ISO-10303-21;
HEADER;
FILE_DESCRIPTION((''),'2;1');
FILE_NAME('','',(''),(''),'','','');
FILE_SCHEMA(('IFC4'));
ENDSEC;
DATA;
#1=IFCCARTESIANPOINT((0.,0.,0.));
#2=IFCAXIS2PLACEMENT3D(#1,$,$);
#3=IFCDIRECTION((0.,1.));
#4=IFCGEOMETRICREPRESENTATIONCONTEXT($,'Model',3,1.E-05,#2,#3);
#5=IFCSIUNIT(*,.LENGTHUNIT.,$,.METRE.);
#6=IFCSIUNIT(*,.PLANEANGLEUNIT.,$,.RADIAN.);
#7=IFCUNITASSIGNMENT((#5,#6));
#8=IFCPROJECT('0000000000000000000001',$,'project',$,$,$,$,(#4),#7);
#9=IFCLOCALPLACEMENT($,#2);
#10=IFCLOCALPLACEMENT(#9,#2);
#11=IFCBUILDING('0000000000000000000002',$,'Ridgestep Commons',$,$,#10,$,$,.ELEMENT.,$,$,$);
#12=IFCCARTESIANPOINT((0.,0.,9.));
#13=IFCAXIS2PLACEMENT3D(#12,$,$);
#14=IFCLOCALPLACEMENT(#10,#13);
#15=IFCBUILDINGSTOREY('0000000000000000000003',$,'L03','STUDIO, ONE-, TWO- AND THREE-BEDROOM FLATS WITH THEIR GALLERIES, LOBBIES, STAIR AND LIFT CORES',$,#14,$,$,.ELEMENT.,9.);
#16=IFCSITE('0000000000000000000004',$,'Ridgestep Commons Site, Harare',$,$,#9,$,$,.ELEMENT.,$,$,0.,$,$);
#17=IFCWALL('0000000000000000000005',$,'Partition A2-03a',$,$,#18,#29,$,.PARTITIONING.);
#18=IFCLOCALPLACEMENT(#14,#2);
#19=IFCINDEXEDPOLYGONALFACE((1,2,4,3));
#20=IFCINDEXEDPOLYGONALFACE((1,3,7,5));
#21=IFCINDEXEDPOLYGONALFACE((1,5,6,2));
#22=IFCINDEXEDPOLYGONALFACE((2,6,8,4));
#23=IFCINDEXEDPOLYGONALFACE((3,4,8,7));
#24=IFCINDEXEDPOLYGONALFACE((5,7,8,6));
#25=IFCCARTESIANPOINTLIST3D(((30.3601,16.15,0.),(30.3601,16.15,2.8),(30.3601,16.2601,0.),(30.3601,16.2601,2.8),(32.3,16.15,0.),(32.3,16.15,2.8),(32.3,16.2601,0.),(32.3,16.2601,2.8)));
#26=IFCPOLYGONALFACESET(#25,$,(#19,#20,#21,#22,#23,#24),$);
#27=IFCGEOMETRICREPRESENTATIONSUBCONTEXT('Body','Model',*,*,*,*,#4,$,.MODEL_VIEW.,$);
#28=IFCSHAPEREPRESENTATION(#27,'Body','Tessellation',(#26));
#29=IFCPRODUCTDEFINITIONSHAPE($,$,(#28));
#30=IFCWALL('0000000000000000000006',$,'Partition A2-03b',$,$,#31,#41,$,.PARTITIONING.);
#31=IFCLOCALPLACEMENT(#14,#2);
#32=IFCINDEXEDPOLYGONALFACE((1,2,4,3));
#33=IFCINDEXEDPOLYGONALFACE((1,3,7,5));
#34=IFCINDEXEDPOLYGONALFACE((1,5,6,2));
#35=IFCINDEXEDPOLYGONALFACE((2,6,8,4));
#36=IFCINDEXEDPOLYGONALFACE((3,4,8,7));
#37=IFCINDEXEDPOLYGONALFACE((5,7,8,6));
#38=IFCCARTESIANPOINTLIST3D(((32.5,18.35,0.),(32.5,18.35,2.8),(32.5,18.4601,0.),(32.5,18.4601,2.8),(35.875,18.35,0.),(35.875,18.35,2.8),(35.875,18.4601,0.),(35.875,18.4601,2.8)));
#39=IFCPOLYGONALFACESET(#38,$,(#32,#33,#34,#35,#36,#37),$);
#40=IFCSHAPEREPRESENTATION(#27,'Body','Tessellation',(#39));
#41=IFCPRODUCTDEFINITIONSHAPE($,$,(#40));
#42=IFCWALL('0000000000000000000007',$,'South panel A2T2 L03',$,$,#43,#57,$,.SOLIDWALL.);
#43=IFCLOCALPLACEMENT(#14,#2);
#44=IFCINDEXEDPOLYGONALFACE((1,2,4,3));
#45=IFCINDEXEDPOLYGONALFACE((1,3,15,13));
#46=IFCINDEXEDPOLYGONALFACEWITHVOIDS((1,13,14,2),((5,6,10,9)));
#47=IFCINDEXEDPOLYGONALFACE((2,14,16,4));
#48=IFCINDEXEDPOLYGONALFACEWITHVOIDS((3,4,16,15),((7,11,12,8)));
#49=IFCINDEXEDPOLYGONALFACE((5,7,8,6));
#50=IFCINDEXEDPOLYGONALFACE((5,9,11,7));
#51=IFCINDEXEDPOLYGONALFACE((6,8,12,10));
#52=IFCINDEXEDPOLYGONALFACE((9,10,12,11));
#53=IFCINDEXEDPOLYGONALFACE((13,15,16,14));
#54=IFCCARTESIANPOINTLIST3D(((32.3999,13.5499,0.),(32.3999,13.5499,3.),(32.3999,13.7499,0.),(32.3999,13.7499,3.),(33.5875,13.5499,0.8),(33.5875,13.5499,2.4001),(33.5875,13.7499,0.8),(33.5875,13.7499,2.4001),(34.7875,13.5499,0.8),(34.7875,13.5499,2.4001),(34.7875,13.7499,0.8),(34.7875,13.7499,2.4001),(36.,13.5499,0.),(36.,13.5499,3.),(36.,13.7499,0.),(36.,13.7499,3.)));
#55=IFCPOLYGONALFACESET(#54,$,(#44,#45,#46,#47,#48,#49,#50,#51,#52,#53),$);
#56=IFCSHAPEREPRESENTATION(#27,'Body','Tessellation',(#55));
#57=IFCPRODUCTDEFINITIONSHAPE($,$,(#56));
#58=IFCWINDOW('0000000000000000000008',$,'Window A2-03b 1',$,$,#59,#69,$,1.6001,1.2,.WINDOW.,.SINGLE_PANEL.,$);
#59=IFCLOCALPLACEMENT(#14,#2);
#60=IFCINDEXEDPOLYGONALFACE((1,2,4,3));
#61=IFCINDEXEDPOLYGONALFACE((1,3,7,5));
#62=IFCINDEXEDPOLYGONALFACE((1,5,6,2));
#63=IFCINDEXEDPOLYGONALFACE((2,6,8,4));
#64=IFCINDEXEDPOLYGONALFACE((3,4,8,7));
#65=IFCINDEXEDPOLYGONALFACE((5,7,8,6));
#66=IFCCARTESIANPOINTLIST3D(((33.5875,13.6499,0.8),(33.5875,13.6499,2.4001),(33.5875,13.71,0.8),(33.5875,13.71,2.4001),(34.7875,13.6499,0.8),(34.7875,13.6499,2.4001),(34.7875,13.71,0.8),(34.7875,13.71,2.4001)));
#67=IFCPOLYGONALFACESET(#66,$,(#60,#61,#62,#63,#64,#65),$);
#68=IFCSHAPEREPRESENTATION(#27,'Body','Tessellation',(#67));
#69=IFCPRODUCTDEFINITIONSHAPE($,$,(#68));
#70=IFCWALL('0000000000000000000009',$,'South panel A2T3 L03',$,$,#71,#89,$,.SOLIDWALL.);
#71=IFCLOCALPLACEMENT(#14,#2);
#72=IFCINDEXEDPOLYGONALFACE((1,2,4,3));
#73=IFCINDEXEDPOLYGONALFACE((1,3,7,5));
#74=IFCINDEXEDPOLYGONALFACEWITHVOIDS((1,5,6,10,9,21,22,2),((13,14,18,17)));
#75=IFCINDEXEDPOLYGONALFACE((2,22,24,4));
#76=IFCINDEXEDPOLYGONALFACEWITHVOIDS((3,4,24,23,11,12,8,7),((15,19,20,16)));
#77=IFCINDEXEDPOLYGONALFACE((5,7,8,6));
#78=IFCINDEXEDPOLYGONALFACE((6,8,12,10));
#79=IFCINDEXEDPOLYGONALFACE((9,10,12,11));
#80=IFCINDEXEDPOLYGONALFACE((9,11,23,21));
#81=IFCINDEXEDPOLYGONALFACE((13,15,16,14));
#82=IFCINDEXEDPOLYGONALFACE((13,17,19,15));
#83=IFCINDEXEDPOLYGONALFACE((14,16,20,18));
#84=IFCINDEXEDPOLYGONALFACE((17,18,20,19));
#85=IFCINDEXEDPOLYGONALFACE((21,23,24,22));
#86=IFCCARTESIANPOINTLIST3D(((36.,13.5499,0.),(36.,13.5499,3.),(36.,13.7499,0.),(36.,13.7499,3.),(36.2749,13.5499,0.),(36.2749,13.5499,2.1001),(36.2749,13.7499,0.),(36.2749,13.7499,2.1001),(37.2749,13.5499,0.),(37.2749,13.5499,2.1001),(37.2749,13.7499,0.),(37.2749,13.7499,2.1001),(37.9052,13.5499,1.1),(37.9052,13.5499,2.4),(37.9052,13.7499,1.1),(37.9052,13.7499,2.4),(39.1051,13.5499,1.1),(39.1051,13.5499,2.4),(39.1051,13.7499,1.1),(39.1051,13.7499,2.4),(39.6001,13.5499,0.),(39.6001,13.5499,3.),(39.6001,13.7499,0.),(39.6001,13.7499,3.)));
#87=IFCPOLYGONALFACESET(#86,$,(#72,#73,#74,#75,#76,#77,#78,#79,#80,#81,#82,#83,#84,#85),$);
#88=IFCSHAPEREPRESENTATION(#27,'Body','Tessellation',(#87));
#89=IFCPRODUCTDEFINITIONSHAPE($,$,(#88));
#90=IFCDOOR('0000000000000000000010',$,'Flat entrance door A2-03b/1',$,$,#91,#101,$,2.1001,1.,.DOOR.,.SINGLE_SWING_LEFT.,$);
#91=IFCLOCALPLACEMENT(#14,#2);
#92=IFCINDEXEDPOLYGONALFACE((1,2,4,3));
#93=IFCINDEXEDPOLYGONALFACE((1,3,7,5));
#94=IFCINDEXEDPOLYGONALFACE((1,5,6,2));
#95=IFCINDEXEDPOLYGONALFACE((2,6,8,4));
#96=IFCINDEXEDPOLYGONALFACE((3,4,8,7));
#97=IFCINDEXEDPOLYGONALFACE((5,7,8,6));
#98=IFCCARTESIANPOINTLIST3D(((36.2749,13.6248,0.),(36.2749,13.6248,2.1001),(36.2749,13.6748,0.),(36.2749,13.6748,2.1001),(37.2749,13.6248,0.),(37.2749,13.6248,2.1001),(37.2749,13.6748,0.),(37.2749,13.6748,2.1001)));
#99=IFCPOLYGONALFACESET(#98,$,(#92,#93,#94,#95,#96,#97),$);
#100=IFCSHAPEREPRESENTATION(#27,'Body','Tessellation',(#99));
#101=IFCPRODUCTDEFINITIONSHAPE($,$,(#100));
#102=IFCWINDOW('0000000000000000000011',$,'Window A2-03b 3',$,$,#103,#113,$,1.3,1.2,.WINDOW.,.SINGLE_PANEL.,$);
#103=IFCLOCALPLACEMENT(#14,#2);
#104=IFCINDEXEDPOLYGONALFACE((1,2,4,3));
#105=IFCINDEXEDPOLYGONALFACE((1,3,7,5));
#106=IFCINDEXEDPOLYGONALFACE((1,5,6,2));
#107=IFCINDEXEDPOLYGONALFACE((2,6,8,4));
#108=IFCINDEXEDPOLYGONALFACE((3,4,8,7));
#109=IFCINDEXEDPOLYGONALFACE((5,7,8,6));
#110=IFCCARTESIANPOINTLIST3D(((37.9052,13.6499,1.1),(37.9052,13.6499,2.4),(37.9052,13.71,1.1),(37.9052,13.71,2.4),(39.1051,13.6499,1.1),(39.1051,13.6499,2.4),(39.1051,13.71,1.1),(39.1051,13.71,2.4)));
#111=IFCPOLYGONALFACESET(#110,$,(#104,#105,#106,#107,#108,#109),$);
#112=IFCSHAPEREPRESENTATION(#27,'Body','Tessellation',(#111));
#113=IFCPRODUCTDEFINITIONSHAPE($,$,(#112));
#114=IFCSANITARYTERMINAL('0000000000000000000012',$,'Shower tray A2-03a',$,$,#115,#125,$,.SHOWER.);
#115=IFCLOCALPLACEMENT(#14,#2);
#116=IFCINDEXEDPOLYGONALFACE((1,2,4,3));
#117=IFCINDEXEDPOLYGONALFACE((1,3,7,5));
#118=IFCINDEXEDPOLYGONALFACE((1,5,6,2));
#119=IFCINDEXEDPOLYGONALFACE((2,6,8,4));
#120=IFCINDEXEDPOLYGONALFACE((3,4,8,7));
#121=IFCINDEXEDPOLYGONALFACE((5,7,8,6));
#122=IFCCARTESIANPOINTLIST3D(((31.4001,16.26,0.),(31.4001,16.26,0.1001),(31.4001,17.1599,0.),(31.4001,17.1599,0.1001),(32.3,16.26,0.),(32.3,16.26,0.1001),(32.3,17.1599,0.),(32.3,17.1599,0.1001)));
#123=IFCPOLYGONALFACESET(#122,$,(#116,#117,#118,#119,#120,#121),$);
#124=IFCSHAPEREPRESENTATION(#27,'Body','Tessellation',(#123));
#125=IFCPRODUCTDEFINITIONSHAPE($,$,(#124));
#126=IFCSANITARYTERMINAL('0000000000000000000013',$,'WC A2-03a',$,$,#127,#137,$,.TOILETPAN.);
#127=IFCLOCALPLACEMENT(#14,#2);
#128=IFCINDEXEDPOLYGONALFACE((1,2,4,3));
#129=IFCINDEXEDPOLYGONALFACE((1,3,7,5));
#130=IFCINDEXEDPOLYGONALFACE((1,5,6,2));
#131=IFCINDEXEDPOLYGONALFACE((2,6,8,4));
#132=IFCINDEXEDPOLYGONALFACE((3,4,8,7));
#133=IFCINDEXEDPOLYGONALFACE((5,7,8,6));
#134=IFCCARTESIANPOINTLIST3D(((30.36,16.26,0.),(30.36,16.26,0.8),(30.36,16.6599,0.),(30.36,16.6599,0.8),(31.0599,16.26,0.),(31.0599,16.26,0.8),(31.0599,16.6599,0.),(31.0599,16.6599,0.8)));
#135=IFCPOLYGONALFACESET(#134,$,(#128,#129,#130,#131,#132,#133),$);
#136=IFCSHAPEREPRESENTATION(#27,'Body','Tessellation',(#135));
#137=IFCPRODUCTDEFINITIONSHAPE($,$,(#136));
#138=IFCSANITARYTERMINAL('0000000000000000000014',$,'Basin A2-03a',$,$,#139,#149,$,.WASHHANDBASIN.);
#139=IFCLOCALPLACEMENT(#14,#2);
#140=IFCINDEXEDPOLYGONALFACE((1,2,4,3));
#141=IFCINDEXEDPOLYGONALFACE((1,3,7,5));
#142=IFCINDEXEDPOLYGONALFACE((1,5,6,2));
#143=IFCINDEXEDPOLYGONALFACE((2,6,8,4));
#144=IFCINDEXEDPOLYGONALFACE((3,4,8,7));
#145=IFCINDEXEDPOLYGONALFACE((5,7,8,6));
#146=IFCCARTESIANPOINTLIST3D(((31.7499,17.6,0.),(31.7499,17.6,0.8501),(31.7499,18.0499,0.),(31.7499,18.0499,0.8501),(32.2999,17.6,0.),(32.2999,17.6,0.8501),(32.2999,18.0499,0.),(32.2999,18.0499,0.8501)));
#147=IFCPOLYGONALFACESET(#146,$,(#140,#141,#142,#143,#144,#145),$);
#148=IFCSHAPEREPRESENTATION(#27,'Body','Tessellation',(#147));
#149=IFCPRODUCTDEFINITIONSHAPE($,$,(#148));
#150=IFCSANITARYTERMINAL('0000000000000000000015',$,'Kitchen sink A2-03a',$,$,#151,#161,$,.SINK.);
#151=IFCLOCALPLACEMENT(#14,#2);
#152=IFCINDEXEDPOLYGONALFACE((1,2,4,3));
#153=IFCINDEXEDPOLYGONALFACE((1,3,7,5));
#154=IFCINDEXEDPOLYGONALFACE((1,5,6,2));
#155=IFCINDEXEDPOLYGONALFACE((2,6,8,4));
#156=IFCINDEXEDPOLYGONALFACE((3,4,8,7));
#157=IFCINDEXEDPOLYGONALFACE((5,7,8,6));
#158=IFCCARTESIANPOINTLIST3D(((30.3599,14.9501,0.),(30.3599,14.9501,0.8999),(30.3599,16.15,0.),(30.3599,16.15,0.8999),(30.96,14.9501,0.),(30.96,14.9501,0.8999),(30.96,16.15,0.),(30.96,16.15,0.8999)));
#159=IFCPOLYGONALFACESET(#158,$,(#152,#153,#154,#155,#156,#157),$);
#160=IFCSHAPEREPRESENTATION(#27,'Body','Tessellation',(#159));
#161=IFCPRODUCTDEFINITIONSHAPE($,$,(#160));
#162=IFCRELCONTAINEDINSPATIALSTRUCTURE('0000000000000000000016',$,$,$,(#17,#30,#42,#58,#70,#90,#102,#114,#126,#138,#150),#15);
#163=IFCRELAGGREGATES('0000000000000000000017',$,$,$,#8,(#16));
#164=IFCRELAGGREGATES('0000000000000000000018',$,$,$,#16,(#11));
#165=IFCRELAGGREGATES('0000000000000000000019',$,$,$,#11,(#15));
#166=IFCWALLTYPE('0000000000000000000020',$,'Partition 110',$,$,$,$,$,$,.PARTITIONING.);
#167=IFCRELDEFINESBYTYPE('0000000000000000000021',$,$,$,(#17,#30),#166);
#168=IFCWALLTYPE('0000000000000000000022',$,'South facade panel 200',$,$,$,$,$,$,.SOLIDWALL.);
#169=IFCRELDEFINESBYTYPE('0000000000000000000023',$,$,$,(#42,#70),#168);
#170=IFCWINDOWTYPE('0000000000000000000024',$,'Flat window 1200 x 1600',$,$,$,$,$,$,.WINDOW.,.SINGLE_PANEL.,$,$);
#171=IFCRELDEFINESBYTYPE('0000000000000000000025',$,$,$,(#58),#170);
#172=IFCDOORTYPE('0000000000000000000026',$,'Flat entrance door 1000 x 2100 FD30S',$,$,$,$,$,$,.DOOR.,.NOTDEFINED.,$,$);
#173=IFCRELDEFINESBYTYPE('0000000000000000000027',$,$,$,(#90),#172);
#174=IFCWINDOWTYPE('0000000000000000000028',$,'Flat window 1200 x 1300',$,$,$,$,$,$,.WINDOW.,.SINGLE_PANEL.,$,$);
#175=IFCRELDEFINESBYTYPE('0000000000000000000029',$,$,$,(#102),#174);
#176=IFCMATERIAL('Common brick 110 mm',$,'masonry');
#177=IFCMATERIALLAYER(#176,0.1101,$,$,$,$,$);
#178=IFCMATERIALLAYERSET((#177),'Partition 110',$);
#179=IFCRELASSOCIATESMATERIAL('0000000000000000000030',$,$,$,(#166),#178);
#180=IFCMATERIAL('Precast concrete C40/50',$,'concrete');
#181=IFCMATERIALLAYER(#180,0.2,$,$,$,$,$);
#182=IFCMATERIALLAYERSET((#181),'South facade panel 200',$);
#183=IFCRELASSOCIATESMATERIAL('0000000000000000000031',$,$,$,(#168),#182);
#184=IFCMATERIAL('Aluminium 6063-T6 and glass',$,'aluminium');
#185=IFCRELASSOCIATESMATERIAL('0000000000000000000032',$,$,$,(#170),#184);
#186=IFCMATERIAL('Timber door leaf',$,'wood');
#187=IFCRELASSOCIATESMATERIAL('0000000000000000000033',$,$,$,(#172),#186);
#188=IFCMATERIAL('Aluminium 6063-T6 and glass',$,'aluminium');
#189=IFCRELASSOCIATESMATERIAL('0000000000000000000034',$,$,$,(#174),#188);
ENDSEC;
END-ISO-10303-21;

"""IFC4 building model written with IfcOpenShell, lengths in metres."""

from ifc_helpers import new_model, si_unit, direction, frame, frame_2d, origin, origin_2d, place, context, subcontext, project, spatial, rectangle, extrude, material, layer, layer_set, type_object, element, fill, save


model = new_model("IFC4")

# Units and contexts
model_context = context("Model", 3, precision=1e-05, world=origin(), true_north=direction((0.0, 1.0)))
body_context = subcontext(model_context, "Body", "Model", "MODEL_VIEW")
ifc_project = project(units=[si_unit("LENGTHUNIT", "METRE"), si_unit("PLANEANGLEUNIT", "RADIAN")], contexts=[model_context])

# Site, building, storey
site_placement = place(None, origin())
site = spatial("IfcSite", under=ifc_project, at=site_placement, Name="Ridgestep Commons Site, Harare", CompositionType="ELEMENT", RefElevation=0.0)
building_placement = place(site_placement, origin())
building = spatial("IfcBuilding", under=site, at=building_placement, Name="Ridgestep Commons", CompositionType="ELEMENT")
storey_placement = place(building_placement, frame((0.0, 0.0, 9.0)))
storey = spatial("IfcBuildingStorey", under=building, at=storey_placement, Name="L03", Description="STUDIO, ONE-, TWO- AND THREE-BEDROOM FLATS WITH THEIR GALLERIES, LOBBIES, STAIR AND LIFT CORES", CompositionType="ELEMENT", Elevation=9.0)

# Shared definitions
ifc_material_1 = material(Name="Common brick 110 mm", Category="masonry")
ifc_layer_1 = layer(ifc_material_1, 0.1101)
ifc_layer_set_1 = layer_set([ifc_layer_1], Name="Partition 110")
wall_type_1 = type_object("IfcWallType", Name="Partition 110", PredefinedType="PARTITIONING", material=ifc_layer_set_1)

# Walls
wall_1_placement = place(storey_placement, frame((30.3601, 16.2051, 0.0), z_axis=(0.0, 0.0, 1.0), x_axis=(1.0, 0.0, 0.0)))
element("IfcWall", 1, at=wall_1_placement, inside=storey, type_object=wall_type_1, Name="Partition A2-03a", PredefinedType="PARTITIONING", context=body_context, shape_type="SweptSolid", body=[
    extrude(rectangle(XDim=1.9399, YDim=0.1101, at=frame_2d((0.97, 0.0))), origin(), (0.0, 0.0, 1.0), 2.8),
])
wall_2_placement = place(storey_placement, frame((32.5, 18.405, 0.0), z_axis=(0.0, 0.0, 1.0), x_axis=(1.0, 0.0, 0.0)))
element("IfcWall", 2, at=wall_2_placement, inside=storey, type_object=wall_type_1, Name="Partition A2-03b", PredefinedType="PARTITIONING", context=body_context, shape_type="SweptSolid", body=[
    extrude(rectangle(XDim=3.375, YDim=0.1101, at=frame_2d((1.6875, 0.0))), origin(), (0.0, 0.0, 1.0), 2.8),
])

# Wall, opening, window
ifc_material_2 = material(Name="Precast concrete C40/50", Category="concrete")
ifc_layer_2 = layer(ifc_material_2, 0.2)
ifc_layer_set_2 = layer_set([ifc_layer_2], Name="South facade panel 200")
wall_type_2 = type_object("IfcWallType", Name="South facade panel 200", PredefinedType="SOLIDWALL", material=ifc_layer_set_2)
wall_3_placement = place(storey_placement, frame((32.3999, 13.6499, 0.0), z_axis=(0.0, 0.0, 1.0), x_axis=(1.0, 0.0, 0.0)))
wall_3 = element("IfcWall", 3, at=wall_3_placement, inside=storey, type_object=wall_type_2, Name="South panel A2T2 L03", PredefinedType="SOLIDWALL", context=body_context, shape_type="SweptSolid", body=[
    extrude(rectangle(XDim=3.6001, YDim=0.2, at=frame_2d((1.8, 0.0))), origin(), (0.0, 0.0, 1.0), 3.0),
])
opening_1_placement = place(wall_3_placement, frame((1.1875, 0.0, 0.8)))
opening_1 = element("IfcOpeningElement", 4, at=opening_1_placement, cuts=wall_3, PredefinedType="OPENING", context=body_context, shape_type="SweptSolid", body=[
    extrude(rectangle(XDim=1.2, YDim=1.6001, at=frame_2d((0.6001, 0.8))), frame((0.0, 0.1099, 0.0), z_axis=(0.0, -1.0, 0.0), x_axis=(1.0, 0.0, 0.0)), (0.0, 0.0, 1.0), 0.22),
])
ifc_material_3 = material(Name="Aluminium 6063-T6 and glass", Category="aluminium")
window_type_1 = type_object("IfcWindowType", Name="Flat window 1200 x 1600", PartitioningType="SINGLE_PANEL", PredefinedType="WINDOW", material=ifc_material_3)
window_1_placement = place(opening_1_placement, origin())
window_1 = element("IfcWindow", 5, at=window_1_placement, inside=storey, type_object=window_type_1, Name="Window A2-03b 1", OverallHeight=1.6001, OverallWidth=1.2, PartitioningType="SINGLE_PANEL", PredefinedType="WINDOW", context=body_context, shape_type="SweptSolid", body=[
    extrude(rectangle(XDim=1.2, YDim=1.6001, at=frame_2d((0.6001, 0.8))), frame((0.0, 0.0601, 0.0), z_axis=(0.0, -1.0, 0.0), x_axis=(1.0, 0.0, 0.0)), (0.0, 0.0, 1.0), 0.0601),
])
fill(opening_1, window_1)

# Wall, openings, door, window
wall_4_placement = place(storey_placement, frame((36.0, 13.6499, 0.0), z_axis=(0.0, 0.0, 1.0), x_axis=(1.0, 0.0, 0.0)))
wall_4 = element("IfcWall", 6, at=wall_4_placement, inside=storey, type_object=wall_type_2, Name="South panel A2T3 L03", PredefinedType="SOLIDWALL", context=body_context, shape_type="SweptSolid", body=[
    extrude(rectangle(XDim=3.6001, YDim=0.2, at=frame_2d((1.8, 0.0))), origin(), (0.0, 0.0, 1.0), 3.0),
])
opening_2_placement = place(wall_4_placement, frame((1.905, 0.0, 1.1001)))
opening_2 = element("IfcOpeningElement", 7, at=opening_2_placement, cuts=wall_4, PredefinedType="OPENING", context=body_context, shape_type="SweptSolid", body=[
    extrude(rectangle(XDim=1.2, YDim=1.3, at=frame_2d((0.6001, 0.6499))), frame((0.0, 0.1099, 0.0), z_axis=(0.0, -1.0, 0.0), x_axis=(1.0, 0.0, 0.0)), (0.0, 0.0, 1.0), 0.22),
])
opening_3_placement = place(wall_4_placement, frame((0.2749, 0.0, 0.0)))
opening_3 = element("IfcOpeningElement", 8, at=opening_3_placement, cuts=wall_4, PredefinedType="OPENING", context=body_context, shape_type="SweptSolid", body=[
    extrude(rectangle(XDim=1.0, YDim=2.1001, at=frame_2d((0.5, 1.05))), frame((0.0, 0.1099, 0.0), z_axis=(0.0, -1.0, 0.0), x_axis=(1.0, 0.0, 0.0)), (0.0, 0.0, 1.0), 0.22),
])
ifc_material_4 = material(Name="Timber door leaf", Category="wood")
door_type_1 = type_object("IfcDoorType", Name="Flat entrance door 1000 x 2100 FD30S", OperationType="NOTDEFINED", PredefinedType="DOOR", material=ifc_material_4)
door_1_placement = place(opening_3_placement, origin())
door_1 = element("IfcDoor", 9, at=door_1_placement, inside=storey, type_object=door_type_1, Name="Flat entrance door A2-03b/1", OperationType="SINGLE_SWING_LEFT", OverallHeight=2.1001, OverallWidth=1.0, PredefinedType="DOOR", context=body_context, shape_type="SweptSolid", body=[
    extrude(rectangle(XDim=1.0, YDim=2.1001, at=frame_2d((0.5, 1.05))), frame((0.0, 0.0249, 0.0), z_axis=(0.0, -1.0, 0.0), x_axis=(1.0, 0.0, 0.0)), (0.0, 0.0, 1.0), 0.05),
])
fill(opening_3, door_1)
ifc_material_5 = material(Name="Aluminium 6063-T6 and glass", Category="aluminium")
window_type_2 = type_object("IfcWindowType", Name="Flat window 1200 x 1300", PartitioningType="SINGLE_PANEL", PredefinedType="WINDOW", material=ifc_material_5)
window_2_placement = place(opening_2_placement, origin())
window_2 = element("IfcWindow", 10, at=window_2_placement, inside=storey, type_object=window_type_2, Name="Window A2-03b 3", OverallHeight=1.3, OverallWidth=1.2, PartitioningType="SINGLE_PANEL", PredefinedType="WINDOW", context=body_context, shape_type="SweptSolid", body=[
    extrude(rectangle(XDim=1.2, YDim=1.3, at=frame_2d((0.6001, 0.6499))), frame((0.0, 0.0601, 0.0), z_axis=(0.0, -1.0, 0.0), x_axis=(1.0, 0.0, 0.0)), (0.0, 0.0, 1.0), 0.0601),
])
fill(opening_2, window_2)

# Sanitary terminals
sanitary_terminal_1_placement = place(storey_placement, frame((31.8501, 16.71, 0.0), z_axis=(0.0, 0.0, 1.0), x_axis=(1.0, 0.0, 0.0)))
element("IfcSanitaryTerminal", 11, at=sanitary_terminal_1_placement, inside=storey, Name="Shower tray A2-03a", PredefinedType="SHOWER", context=body_context, shape_type="SweptSolid", body=[
    extrude(rectangle(XDim=0.8999, YDim=0.8999, at=origin_2d()), origin(), (0.0, 0.0, 1.0), 0.1001),
])
sanitary_terminal_2_placement = place(storey_placement, frame((30.71, 16.46, 0.0), z_axis=(0.0, 0.0, 1.0), x_axis=(1.0, 0.0, 0.0)))
element("IfcSanitaryTerminal", 12, at=sanitary_terminal_2_placement, inside=storey, Name="WC A2-03a", PredefinedType="TOILETPAN", context=body_context, shape_type="SweptSolid", body=[
    extrude(rectangle(XDim=0.7, YDim=0.3999, at=origin_2d()), origin(), (0.0, 0.0, 1.0), 0.8),
])
sanitary_terminal_3_placement = place(storey_placement, frame((32.0249, 17.825, 0.0), z_axis=(0.0, 0.0, 1.0), x_axis=(1.0, 0.0, 0.0)))
element("IfcSanitaryTerminal", 13, at=sanitary_terminal_3_placement, inside=storey, Name="Basin A2-03a", PredefinedType="WASHHANDBASIN", context=body_context, shape_type="SweptSolid", body=[
    extrude(rectangle(XDim=0.55, YDim=0.45, at=origin_2d()), origin(), (0.0, 0.0, 1.0), 0.8501),
])
sanitary_terminal_4_placement = place(storey_placement, frame((30.6599, 15.55, 0.0), z_axis=(0.0, 0.0, 1.0), x_axis=(1.0, 0.0, 0.0)))
element("IfcSanitaryTerminal", 14, at=sanitary_terminal_4_placement, inside=storey, Name="Kitchen sink A2-03a", PredefinedType="SINK", context=body_context, shape_type="SweptSolid", body=[
    extrude(rectangle(XDim=0.6001, YDim=1.2, at=origin_2d()), origin(), (0.0, 0.0, 1.0), 0.8999),
])

save(model, "model.ifc")
